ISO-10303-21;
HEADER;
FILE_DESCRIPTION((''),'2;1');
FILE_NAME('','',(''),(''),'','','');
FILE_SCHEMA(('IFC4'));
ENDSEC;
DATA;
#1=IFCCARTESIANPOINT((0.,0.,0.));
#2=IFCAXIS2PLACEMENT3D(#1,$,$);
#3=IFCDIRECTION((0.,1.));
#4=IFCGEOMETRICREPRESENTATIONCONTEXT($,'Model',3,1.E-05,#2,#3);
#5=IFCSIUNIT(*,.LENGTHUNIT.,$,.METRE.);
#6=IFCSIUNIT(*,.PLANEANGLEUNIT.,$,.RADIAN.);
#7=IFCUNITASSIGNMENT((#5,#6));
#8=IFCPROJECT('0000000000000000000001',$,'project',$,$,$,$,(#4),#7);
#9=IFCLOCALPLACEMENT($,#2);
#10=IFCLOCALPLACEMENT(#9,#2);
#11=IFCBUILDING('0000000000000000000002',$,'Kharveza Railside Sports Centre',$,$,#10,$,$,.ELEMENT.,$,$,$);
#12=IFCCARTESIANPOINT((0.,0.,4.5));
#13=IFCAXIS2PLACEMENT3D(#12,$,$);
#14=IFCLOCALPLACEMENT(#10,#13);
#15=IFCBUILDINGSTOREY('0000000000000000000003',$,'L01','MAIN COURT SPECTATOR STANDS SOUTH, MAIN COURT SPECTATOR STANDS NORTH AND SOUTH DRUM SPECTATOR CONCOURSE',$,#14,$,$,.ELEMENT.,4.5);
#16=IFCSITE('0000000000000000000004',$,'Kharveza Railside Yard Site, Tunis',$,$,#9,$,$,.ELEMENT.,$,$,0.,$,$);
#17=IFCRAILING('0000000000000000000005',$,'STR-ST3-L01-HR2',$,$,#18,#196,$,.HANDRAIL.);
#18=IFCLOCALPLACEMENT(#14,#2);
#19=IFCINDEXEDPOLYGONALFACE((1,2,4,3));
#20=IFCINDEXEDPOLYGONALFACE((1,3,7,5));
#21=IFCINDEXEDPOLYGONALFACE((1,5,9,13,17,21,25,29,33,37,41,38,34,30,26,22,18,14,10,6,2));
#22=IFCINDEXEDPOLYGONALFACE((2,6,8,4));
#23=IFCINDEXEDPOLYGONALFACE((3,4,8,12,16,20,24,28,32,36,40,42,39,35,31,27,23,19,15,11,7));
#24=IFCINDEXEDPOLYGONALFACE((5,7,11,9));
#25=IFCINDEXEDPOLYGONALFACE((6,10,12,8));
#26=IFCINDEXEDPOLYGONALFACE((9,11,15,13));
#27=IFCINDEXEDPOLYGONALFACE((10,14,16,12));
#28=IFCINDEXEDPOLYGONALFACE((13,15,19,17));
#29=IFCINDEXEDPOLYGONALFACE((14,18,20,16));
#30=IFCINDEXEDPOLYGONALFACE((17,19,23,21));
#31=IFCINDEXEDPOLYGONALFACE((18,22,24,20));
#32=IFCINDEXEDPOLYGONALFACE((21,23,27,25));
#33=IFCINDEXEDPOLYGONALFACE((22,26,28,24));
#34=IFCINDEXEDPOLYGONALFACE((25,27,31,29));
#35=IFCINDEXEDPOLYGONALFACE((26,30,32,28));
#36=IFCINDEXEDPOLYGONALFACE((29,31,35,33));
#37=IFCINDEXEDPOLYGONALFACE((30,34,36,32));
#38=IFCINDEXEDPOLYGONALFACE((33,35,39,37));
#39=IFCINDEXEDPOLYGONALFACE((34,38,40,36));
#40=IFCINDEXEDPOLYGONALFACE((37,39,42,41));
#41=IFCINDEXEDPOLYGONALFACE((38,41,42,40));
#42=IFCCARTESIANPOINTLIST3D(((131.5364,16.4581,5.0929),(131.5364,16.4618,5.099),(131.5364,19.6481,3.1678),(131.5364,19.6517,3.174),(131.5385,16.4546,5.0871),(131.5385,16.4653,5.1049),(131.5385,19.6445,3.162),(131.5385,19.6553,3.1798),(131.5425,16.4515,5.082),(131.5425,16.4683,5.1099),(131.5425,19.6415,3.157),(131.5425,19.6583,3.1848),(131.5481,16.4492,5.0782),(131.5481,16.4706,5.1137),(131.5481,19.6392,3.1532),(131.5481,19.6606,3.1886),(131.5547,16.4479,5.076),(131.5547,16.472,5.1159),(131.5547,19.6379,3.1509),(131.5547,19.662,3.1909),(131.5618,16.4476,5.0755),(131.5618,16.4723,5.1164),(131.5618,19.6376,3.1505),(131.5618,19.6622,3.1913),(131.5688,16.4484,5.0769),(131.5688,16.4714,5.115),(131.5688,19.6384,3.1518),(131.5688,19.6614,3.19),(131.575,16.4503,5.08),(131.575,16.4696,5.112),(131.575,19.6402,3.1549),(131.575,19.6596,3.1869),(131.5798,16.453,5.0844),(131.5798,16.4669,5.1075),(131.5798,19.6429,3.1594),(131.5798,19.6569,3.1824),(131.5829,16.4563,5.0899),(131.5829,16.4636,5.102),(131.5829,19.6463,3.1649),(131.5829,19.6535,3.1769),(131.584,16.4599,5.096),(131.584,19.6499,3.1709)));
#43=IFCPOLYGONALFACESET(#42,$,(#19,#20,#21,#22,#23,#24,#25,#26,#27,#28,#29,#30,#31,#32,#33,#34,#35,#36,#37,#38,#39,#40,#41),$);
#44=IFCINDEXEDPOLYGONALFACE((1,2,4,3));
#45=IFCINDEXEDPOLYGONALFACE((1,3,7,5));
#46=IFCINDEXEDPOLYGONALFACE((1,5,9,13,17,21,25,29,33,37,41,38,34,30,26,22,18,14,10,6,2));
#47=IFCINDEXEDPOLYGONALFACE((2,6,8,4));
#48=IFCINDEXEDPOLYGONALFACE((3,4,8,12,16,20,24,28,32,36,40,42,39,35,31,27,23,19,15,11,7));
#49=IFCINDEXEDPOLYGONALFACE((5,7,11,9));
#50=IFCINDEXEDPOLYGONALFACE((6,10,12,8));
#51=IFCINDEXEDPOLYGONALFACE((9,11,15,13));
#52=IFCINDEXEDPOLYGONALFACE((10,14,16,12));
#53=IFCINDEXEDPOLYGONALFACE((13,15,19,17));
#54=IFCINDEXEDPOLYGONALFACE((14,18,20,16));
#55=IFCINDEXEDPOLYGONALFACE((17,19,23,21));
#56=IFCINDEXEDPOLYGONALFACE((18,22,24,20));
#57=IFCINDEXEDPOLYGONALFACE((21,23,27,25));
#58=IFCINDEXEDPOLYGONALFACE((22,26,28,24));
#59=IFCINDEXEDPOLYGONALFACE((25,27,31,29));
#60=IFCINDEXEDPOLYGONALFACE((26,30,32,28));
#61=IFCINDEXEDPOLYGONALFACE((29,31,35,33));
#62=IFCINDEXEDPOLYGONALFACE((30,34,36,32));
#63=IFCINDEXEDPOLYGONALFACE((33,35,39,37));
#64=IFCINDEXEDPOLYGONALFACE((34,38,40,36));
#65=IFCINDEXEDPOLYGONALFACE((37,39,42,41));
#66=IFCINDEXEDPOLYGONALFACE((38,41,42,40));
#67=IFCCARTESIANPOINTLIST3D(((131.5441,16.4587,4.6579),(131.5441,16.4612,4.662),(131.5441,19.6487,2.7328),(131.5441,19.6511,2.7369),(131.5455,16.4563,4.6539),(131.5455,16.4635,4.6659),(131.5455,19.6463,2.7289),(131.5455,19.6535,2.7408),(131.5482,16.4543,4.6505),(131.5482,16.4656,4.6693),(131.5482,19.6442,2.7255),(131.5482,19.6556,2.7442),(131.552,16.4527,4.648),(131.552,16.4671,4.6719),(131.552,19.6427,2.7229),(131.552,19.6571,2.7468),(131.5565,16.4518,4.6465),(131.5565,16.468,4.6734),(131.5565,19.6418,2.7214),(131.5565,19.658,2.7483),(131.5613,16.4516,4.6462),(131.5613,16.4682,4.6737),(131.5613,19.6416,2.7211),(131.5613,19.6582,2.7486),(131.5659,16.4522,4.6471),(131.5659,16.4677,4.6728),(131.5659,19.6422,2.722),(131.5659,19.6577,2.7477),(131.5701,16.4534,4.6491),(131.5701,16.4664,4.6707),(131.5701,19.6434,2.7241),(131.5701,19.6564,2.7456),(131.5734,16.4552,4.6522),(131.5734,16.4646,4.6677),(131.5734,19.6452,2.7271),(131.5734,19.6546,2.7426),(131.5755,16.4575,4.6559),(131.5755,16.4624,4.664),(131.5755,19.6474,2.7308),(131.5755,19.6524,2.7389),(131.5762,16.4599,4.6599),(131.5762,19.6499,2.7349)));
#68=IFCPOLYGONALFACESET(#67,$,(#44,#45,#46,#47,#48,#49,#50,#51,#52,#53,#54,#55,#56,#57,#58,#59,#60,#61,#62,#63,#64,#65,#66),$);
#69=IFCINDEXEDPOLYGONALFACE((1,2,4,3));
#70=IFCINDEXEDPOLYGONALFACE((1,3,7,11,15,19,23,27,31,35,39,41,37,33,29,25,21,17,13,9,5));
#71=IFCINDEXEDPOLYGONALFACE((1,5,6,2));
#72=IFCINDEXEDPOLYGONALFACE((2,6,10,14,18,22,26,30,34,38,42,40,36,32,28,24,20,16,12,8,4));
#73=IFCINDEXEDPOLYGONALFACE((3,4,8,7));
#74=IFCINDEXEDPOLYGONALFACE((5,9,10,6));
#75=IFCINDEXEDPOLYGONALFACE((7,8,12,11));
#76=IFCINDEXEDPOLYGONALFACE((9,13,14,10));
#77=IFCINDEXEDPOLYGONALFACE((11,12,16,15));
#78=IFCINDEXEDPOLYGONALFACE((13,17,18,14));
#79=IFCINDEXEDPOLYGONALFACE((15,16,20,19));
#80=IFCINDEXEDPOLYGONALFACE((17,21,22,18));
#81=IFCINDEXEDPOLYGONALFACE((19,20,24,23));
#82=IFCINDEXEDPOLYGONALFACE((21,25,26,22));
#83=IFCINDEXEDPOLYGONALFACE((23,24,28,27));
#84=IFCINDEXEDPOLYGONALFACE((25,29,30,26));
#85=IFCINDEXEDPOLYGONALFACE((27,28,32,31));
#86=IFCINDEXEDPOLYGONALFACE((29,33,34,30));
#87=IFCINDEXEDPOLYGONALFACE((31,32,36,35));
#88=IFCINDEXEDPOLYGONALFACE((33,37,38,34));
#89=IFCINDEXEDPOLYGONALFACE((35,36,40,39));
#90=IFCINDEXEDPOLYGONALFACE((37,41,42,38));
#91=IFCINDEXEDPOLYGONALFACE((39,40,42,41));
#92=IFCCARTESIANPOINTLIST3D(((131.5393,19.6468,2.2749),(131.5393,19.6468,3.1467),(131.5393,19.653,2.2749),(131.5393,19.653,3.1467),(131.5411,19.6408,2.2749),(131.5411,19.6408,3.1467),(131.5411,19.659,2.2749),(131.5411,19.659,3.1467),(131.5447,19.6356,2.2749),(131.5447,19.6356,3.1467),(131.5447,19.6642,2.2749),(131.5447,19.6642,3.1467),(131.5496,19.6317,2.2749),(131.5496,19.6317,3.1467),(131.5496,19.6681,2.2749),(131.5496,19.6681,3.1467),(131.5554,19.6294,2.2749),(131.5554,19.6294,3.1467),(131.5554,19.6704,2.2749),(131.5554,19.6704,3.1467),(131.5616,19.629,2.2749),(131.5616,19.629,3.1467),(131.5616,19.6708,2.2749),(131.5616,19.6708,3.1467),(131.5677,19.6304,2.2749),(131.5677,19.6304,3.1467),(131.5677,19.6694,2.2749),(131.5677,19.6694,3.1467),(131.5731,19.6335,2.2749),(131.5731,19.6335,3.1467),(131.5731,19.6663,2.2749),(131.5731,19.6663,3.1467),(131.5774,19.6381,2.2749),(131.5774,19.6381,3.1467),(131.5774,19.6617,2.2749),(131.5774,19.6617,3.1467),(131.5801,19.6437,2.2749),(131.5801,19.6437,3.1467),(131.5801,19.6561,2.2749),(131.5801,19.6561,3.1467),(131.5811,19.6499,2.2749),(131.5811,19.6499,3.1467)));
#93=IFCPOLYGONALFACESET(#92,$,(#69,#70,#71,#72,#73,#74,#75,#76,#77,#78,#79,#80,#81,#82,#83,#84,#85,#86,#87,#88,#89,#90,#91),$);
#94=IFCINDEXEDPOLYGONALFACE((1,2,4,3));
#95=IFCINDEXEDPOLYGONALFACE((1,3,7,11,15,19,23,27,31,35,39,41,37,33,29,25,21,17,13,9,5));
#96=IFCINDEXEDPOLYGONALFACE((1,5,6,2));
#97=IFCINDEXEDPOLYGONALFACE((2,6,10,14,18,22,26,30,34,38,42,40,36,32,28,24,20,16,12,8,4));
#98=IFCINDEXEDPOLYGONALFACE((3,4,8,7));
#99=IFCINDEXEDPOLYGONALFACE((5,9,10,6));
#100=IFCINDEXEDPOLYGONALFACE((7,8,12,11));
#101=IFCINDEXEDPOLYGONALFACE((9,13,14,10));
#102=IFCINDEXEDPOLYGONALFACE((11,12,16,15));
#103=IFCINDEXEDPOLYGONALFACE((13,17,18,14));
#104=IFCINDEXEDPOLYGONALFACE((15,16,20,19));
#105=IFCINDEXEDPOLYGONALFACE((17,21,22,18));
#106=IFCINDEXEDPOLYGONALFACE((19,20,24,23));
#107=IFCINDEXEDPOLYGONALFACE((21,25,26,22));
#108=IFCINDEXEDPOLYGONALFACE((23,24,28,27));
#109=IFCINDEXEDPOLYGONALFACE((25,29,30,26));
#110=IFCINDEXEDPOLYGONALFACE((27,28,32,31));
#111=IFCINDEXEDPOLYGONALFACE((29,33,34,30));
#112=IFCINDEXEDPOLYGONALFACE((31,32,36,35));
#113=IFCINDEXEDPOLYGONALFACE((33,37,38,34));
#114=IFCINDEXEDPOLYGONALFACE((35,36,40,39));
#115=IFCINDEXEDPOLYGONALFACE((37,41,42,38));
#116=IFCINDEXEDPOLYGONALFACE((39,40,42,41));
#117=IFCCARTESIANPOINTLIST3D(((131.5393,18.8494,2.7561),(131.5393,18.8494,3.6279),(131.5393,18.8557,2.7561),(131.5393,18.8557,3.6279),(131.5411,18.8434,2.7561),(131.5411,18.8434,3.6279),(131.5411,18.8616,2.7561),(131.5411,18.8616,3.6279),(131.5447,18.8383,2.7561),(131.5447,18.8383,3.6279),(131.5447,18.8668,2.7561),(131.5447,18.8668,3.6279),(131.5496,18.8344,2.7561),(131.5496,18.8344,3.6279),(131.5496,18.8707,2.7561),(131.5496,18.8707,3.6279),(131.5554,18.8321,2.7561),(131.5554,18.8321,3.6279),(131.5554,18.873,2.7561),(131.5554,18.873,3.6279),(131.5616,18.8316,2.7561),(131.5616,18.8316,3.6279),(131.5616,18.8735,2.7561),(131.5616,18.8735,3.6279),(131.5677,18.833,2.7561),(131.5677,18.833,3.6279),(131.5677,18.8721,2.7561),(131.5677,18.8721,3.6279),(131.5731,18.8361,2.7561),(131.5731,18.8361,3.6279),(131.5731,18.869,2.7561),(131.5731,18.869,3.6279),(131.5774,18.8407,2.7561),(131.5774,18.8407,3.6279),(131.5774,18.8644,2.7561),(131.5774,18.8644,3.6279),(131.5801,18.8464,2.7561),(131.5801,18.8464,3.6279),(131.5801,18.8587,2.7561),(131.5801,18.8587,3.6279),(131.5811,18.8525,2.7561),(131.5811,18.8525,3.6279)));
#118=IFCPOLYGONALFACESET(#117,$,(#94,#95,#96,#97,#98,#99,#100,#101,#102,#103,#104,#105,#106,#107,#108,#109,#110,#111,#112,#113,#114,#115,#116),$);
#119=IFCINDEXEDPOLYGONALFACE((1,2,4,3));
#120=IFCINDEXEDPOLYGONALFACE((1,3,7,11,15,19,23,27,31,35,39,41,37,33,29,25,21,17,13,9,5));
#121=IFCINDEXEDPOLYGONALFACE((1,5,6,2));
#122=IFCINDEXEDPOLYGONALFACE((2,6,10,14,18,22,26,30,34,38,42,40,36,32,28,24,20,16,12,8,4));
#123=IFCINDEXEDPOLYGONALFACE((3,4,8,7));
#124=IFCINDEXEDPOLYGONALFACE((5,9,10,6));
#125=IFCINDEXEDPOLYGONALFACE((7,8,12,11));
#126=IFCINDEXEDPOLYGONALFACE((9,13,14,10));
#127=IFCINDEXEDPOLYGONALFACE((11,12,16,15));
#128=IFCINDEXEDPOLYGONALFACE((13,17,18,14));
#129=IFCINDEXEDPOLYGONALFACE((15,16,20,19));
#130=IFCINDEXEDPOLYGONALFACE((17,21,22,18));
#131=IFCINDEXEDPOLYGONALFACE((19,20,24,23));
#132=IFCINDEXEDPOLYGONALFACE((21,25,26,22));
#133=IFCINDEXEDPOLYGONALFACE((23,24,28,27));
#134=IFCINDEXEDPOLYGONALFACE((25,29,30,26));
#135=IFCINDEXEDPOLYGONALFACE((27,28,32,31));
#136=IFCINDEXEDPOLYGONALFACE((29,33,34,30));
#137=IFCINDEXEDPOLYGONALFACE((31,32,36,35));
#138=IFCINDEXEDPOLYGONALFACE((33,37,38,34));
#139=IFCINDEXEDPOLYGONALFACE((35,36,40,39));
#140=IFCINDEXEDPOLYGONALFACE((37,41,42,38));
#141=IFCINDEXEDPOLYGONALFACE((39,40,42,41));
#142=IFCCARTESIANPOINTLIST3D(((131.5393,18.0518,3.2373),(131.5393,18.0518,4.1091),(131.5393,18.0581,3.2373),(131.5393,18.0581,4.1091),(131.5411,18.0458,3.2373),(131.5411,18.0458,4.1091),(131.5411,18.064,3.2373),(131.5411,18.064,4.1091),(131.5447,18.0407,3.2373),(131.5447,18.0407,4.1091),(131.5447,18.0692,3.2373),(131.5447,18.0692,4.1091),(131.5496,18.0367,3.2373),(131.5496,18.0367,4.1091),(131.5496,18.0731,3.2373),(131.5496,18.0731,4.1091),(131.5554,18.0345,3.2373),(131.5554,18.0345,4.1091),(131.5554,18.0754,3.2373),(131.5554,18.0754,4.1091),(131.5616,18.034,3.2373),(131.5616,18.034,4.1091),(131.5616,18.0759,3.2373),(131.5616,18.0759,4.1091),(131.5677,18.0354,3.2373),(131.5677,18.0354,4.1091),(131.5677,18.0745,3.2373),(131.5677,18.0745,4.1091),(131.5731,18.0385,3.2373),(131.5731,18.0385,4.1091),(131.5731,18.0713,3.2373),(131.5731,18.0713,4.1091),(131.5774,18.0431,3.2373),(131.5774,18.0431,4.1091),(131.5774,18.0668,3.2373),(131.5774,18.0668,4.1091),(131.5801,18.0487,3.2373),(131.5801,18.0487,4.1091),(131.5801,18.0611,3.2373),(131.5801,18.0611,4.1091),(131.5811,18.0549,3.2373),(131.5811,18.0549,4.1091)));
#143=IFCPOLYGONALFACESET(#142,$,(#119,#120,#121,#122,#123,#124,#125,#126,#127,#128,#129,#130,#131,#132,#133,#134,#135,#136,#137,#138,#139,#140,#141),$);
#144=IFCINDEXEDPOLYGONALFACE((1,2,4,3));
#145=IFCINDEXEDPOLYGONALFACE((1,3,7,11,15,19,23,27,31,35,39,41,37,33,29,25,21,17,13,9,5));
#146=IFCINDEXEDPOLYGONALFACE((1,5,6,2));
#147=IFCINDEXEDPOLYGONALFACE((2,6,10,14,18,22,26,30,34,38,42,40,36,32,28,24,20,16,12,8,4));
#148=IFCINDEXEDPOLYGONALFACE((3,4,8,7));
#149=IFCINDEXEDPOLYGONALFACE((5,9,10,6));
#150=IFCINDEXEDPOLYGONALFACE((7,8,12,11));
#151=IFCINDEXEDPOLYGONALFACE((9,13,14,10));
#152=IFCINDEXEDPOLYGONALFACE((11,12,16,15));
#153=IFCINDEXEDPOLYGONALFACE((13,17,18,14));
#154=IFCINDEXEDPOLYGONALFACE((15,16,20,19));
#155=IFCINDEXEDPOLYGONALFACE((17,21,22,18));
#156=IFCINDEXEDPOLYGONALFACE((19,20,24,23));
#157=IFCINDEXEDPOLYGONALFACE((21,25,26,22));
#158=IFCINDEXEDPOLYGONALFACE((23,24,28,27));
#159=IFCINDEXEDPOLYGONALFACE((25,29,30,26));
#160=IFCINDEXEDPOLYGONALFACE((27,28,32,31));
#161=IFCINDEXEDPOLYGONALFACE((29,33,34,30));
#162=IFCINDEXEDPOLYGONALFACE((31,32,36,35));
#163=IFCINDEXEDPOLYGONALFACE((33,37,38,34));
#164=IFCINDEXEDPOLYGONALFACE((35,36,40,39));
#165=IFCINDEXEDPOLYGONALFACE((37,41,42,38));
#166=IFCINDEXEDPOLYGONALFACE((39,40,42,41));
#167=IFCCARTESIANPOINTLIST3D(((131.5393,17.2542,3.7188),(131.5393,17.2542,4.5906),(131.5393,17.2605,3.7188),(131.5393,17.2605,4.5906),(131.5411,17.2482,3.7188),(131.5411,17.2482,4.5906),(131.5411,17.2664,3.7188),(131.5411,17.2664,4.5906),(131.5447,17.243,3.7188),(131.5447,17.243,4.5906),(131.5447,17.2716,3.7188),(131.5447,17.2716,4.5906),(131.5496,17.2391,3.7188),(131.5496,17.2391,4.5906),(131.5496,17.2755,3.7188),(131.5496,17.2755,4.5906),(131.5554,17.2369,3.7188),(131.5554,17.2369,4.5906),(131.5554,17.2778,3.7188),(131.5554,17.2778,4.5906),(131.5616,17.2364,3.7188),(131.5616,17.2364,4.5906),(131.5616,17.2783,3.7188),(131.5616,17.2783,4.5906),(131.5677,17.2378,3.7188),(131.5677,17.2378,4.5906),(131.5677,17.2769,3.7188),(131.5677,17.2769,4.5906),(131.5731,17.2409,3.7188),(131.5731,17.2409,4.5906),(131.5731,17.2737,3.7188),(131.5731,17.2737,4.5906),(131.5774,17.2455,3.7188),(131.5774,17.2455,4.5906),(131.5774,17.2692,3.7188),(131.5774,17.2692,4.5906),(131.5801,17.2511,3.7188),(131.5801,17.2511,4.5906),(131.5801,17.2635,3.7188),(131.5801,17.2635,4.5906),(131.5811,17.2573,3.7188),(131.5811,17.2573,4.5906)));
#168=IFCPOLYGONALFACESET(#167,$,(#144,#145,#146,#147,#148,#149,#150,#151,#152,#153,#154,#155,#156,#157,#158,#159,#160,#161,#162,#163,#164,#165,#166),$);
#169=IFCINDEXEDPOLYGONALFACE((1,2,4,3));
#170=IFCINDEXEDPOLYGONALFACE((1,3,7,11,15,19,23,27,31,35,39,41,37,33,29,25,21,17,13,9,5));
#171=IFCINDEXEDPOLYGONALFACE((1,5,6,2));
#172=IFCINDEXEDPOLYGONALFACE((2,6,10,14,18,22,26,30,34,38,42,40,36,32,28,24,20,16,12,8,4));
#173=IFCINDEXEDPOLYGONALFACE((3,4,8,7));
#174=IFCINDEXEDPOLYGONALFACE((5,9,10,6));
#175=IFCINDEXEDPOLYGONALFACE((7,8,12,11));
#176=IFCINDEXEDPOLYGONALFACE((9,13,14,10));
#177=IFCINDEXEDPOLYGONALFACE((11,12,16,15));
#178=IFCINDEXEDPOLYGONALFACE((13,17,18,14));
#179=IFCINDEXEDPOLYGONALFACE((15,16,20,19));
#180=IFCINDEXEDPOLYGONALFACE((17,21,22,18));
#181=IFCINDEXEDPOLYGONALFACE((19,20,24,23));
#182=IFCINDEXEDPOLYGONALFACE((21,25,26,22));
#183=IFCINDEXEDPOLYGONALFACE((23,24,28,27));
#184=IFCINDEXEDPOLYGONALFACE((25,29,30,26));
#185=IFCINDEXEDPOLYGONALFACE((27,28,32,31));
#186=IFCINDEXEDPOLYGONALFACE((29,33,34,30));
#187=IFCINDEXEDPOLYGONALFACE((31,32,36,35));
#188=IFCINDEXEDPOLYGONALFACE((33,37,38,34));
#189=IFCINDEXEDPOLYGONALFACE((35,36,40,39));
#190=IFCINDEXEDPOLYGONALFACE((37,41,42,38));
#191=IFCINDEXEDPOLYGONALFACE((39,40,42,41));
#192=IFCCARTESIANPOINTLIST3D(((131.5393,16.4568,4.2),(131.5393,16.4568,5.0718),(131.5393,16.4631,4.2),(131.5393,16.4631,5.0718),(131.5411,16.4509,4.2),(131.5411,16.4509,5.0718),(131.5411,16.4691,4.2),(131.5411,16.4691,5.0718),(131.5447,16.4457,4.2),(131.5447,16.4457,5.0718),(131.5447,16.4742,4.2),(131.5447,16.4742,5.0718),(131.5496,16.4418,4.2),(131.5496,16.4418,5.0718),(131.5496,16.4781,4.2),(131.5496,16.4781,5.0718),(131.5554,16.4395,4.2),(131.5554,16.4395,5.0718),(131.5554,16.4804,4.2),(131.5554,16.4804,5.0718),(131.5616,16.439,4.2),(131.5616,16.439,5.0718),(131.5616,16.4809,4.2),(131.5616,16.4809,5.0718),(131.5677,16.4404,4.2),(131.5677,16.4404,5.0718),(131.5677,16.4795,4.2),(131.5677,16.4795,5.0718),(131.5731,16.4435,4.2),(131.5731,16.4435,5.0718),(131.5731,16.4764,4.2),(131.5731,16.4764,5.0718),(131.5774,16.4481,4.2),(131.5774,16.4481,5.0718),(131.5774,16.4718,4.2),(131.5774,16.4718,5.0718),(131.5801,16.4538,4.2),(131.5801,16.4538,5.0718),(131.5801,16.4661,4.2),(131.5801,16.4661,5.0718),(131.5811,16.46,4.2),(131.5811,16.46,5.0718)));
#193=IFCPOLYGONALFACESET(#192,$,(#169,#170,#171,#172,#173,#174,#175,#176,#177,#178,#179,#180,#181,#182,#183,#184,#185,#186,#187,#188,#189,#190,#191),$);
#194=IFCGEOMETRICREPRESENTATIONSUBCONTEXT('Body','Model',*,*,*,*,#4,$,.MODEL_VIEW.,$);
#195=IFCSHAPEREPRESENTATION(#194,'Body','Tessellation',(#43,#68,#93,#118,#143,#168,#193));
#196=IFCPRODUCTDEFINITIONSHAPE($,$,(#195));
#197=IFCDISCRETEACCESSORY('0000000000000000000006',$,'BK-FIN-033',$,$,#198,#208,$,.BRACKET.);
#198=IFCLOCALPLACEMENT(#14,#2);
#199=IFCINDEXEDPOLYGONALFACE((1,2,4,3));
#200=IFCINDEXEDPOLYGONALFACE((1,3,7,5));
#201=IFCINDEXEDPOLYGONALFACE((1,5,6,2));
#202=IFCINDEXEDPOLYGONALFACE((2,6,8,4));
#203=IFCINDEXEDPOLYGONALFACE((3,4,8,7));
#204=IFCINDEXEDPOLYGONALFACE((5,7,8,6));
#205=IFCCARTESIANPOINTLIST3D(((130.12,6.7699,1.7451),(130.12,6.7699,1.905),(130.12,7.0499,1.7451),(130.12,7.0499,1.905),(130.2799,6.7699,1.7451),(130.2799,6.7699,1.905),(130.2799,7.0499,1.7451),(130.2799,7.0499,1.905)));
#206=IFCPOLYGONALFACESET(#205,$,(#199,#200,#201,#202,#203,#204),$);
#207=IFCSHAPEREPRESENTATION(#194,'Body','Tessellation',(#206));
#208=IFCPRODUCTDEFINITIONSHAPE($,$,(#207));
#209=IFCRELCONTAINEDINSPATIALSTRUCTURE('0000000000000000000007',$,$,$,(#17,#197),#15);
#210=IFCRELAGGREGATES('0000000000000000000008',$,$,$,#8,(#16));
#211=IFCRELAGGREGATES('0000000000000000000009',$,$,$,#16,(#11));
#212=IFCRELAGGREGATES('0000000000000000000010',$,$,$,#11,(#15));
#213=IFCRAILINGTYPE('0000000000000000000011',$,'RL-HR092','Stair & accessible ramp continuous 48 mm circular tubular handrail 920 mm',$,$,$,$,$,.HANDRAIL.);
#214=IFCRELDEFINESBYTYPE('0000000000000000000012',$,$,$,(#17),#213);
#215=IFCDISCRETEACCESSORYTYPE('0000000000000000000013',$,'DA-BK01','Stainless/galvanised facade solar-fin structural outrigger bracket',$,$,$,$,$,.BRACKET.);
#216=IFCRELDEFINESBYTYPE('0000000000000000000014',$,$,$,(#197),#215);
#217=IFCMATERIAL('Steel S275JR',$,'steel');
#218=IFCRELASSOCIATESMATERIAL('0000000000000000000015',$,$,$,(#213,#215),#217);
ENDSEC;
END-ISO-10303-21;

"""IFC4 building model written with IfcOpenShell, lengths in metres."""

from ifc_helpers import new_model, si_unit, direction, frame, origin, origin_2d, place, context, subcontext, project, spatial, rectangle, circle, extrude, material, type_object, element, save


model = new_model("IFC4")

# Units and contexts
model_context = context("Model", 3, precision=1e-05, world=origin(), true_north=direction((0.0, 1.0)))
body_context = subcontext(model_context, "Body", "Model", "MODEL_VIEW")
ifc_project = project(units=[si_unit("LENGTHUNIT", "METRE"), si_unit("PLANEANGLEUNIT", "RADIAN")], contexts=[model_context])

# Site, building, storey
site_placement = place(None, origin())
site = spatial("IfcSite", under=ifc_project, at=site_placement, Name="Kharveza Railside Yard Site, Tunis", CompositionType="ELEMENT", RefElevation=0.0)
building_placement = place(site_placement, origin())
building = spatial("IfcBuilding", under=site, at=building_placement, Name="Kharveza Railside Sports Centre", CompositionType="ELEMENT")
storey_placement = place(building_placement, frame((0.0, 0.0, 4.5)))
storey = spatial("IfcBuildingStorey", under=building, at=storey_placement, Name="L01", Description="MAIN COURT SPECTATOR STANDS SOUTH, MAIN COURT SPECTATOR STANDS NORTH AND SOUTH DRUM SPECTATOR CONCOURSE", CompositionType="ELEMENT", Elevation=4.5)

# Railing
ifc_material_1 = material(Name="Steel S275JR", Category="steel")
railing_type = type_object("IfcRailingType", Name="RL-HR092", Description="Stair & accessible ramp continuous 48 mm circular tubular handrail 920 mm", PredefinedType="HANDRAIL", material=ifc_material_1)
railing_placement = place(storey_placement, frame((131.5601, 19.6499, 2.2749)))
element("IfcRailing", 1, at=railing_placement, inside=storey, type_object=railing_type, Name="STR-ST3-L01-HR2", PredefinedType="HANDRAIL", context=body_context, shape_type="SweptSolid", body=[
    extrude(circle(Radius=0.0239, at=origin_2d()), frame((0.0, 0.0, 0.896), z_axis=(0.0, -0.856178, 0.516682), x_axis=(1.0, 0.0, 0.0)), (0.0, 0.0, 1.0), 3.7258),
    extrude(circle(Radius=0.0161, at=origin_2d()), frame((0.0, 0.0, 0.46), z_axis=(0.0, -0.856178, 0.516682), x_axis=(1.0, 0.0, 0.0)), (0.0, 0.0, 1.0), 3.7258),
    extrude(circle(Radius=0.021, at=origin_2d()), origin(), (0.0, 0.0, 1.0), 0.8718),
    extrude(circle(Radius=0.021, at=origin_2d()), frame((0.0, -0.7974, 0.4812)), (0.0, 0.0, 1.0), 0.8718),
    extrude(circle(Radius=0.021, at=origin_2d()), frame((0.0, -1.595, 0.9624)), (0.0, 0.0, 1.0), 0.8718),
    extrude(circle(Radius=0.021, at=origin_2d()), frame((0.0, -2.3926, 1.4438)), (0.0, 0.0, 1.0), 0.8718),
    extrude(circle(Radius=0.021, at=origin_2d()), frame((0.0, -3.1899, 1.925)), (0.0, 0.0, 1.0), 0.8718),
])

# Discrete accessory
discrete_accessory_type = type_object("IfcDiscreteAccessoryType", Name="DA-BK01", Description="Stainless/galvanised facade solar-fin structural outrigger bracket", PredefinedType="BRACKET", material=ifc_material_1)
discrete_accessory_placement = place(storey_placement, frame((130.2, 6.9099, 1.7451), z_axis=(0.0, 0.0, 1.0), x_axis=(0.0, -1.0, 0.0)))
element("IfcDiscreteAccessory", 2, at=discrete_accessory_placement, inside=storey, type_object=discrete_accessory_type, Name="BK-FIN-033", PredefinedType="BRACKET", context=body_context, shape_type="SweptSolid", body=[
    extrude(rectangle(XDim=0.28, YDim=0.1599, at=origin_2d()), origin(), (0.0, 0.0, 1.0), 0.1599),
])

save(model, "model.ifc")
